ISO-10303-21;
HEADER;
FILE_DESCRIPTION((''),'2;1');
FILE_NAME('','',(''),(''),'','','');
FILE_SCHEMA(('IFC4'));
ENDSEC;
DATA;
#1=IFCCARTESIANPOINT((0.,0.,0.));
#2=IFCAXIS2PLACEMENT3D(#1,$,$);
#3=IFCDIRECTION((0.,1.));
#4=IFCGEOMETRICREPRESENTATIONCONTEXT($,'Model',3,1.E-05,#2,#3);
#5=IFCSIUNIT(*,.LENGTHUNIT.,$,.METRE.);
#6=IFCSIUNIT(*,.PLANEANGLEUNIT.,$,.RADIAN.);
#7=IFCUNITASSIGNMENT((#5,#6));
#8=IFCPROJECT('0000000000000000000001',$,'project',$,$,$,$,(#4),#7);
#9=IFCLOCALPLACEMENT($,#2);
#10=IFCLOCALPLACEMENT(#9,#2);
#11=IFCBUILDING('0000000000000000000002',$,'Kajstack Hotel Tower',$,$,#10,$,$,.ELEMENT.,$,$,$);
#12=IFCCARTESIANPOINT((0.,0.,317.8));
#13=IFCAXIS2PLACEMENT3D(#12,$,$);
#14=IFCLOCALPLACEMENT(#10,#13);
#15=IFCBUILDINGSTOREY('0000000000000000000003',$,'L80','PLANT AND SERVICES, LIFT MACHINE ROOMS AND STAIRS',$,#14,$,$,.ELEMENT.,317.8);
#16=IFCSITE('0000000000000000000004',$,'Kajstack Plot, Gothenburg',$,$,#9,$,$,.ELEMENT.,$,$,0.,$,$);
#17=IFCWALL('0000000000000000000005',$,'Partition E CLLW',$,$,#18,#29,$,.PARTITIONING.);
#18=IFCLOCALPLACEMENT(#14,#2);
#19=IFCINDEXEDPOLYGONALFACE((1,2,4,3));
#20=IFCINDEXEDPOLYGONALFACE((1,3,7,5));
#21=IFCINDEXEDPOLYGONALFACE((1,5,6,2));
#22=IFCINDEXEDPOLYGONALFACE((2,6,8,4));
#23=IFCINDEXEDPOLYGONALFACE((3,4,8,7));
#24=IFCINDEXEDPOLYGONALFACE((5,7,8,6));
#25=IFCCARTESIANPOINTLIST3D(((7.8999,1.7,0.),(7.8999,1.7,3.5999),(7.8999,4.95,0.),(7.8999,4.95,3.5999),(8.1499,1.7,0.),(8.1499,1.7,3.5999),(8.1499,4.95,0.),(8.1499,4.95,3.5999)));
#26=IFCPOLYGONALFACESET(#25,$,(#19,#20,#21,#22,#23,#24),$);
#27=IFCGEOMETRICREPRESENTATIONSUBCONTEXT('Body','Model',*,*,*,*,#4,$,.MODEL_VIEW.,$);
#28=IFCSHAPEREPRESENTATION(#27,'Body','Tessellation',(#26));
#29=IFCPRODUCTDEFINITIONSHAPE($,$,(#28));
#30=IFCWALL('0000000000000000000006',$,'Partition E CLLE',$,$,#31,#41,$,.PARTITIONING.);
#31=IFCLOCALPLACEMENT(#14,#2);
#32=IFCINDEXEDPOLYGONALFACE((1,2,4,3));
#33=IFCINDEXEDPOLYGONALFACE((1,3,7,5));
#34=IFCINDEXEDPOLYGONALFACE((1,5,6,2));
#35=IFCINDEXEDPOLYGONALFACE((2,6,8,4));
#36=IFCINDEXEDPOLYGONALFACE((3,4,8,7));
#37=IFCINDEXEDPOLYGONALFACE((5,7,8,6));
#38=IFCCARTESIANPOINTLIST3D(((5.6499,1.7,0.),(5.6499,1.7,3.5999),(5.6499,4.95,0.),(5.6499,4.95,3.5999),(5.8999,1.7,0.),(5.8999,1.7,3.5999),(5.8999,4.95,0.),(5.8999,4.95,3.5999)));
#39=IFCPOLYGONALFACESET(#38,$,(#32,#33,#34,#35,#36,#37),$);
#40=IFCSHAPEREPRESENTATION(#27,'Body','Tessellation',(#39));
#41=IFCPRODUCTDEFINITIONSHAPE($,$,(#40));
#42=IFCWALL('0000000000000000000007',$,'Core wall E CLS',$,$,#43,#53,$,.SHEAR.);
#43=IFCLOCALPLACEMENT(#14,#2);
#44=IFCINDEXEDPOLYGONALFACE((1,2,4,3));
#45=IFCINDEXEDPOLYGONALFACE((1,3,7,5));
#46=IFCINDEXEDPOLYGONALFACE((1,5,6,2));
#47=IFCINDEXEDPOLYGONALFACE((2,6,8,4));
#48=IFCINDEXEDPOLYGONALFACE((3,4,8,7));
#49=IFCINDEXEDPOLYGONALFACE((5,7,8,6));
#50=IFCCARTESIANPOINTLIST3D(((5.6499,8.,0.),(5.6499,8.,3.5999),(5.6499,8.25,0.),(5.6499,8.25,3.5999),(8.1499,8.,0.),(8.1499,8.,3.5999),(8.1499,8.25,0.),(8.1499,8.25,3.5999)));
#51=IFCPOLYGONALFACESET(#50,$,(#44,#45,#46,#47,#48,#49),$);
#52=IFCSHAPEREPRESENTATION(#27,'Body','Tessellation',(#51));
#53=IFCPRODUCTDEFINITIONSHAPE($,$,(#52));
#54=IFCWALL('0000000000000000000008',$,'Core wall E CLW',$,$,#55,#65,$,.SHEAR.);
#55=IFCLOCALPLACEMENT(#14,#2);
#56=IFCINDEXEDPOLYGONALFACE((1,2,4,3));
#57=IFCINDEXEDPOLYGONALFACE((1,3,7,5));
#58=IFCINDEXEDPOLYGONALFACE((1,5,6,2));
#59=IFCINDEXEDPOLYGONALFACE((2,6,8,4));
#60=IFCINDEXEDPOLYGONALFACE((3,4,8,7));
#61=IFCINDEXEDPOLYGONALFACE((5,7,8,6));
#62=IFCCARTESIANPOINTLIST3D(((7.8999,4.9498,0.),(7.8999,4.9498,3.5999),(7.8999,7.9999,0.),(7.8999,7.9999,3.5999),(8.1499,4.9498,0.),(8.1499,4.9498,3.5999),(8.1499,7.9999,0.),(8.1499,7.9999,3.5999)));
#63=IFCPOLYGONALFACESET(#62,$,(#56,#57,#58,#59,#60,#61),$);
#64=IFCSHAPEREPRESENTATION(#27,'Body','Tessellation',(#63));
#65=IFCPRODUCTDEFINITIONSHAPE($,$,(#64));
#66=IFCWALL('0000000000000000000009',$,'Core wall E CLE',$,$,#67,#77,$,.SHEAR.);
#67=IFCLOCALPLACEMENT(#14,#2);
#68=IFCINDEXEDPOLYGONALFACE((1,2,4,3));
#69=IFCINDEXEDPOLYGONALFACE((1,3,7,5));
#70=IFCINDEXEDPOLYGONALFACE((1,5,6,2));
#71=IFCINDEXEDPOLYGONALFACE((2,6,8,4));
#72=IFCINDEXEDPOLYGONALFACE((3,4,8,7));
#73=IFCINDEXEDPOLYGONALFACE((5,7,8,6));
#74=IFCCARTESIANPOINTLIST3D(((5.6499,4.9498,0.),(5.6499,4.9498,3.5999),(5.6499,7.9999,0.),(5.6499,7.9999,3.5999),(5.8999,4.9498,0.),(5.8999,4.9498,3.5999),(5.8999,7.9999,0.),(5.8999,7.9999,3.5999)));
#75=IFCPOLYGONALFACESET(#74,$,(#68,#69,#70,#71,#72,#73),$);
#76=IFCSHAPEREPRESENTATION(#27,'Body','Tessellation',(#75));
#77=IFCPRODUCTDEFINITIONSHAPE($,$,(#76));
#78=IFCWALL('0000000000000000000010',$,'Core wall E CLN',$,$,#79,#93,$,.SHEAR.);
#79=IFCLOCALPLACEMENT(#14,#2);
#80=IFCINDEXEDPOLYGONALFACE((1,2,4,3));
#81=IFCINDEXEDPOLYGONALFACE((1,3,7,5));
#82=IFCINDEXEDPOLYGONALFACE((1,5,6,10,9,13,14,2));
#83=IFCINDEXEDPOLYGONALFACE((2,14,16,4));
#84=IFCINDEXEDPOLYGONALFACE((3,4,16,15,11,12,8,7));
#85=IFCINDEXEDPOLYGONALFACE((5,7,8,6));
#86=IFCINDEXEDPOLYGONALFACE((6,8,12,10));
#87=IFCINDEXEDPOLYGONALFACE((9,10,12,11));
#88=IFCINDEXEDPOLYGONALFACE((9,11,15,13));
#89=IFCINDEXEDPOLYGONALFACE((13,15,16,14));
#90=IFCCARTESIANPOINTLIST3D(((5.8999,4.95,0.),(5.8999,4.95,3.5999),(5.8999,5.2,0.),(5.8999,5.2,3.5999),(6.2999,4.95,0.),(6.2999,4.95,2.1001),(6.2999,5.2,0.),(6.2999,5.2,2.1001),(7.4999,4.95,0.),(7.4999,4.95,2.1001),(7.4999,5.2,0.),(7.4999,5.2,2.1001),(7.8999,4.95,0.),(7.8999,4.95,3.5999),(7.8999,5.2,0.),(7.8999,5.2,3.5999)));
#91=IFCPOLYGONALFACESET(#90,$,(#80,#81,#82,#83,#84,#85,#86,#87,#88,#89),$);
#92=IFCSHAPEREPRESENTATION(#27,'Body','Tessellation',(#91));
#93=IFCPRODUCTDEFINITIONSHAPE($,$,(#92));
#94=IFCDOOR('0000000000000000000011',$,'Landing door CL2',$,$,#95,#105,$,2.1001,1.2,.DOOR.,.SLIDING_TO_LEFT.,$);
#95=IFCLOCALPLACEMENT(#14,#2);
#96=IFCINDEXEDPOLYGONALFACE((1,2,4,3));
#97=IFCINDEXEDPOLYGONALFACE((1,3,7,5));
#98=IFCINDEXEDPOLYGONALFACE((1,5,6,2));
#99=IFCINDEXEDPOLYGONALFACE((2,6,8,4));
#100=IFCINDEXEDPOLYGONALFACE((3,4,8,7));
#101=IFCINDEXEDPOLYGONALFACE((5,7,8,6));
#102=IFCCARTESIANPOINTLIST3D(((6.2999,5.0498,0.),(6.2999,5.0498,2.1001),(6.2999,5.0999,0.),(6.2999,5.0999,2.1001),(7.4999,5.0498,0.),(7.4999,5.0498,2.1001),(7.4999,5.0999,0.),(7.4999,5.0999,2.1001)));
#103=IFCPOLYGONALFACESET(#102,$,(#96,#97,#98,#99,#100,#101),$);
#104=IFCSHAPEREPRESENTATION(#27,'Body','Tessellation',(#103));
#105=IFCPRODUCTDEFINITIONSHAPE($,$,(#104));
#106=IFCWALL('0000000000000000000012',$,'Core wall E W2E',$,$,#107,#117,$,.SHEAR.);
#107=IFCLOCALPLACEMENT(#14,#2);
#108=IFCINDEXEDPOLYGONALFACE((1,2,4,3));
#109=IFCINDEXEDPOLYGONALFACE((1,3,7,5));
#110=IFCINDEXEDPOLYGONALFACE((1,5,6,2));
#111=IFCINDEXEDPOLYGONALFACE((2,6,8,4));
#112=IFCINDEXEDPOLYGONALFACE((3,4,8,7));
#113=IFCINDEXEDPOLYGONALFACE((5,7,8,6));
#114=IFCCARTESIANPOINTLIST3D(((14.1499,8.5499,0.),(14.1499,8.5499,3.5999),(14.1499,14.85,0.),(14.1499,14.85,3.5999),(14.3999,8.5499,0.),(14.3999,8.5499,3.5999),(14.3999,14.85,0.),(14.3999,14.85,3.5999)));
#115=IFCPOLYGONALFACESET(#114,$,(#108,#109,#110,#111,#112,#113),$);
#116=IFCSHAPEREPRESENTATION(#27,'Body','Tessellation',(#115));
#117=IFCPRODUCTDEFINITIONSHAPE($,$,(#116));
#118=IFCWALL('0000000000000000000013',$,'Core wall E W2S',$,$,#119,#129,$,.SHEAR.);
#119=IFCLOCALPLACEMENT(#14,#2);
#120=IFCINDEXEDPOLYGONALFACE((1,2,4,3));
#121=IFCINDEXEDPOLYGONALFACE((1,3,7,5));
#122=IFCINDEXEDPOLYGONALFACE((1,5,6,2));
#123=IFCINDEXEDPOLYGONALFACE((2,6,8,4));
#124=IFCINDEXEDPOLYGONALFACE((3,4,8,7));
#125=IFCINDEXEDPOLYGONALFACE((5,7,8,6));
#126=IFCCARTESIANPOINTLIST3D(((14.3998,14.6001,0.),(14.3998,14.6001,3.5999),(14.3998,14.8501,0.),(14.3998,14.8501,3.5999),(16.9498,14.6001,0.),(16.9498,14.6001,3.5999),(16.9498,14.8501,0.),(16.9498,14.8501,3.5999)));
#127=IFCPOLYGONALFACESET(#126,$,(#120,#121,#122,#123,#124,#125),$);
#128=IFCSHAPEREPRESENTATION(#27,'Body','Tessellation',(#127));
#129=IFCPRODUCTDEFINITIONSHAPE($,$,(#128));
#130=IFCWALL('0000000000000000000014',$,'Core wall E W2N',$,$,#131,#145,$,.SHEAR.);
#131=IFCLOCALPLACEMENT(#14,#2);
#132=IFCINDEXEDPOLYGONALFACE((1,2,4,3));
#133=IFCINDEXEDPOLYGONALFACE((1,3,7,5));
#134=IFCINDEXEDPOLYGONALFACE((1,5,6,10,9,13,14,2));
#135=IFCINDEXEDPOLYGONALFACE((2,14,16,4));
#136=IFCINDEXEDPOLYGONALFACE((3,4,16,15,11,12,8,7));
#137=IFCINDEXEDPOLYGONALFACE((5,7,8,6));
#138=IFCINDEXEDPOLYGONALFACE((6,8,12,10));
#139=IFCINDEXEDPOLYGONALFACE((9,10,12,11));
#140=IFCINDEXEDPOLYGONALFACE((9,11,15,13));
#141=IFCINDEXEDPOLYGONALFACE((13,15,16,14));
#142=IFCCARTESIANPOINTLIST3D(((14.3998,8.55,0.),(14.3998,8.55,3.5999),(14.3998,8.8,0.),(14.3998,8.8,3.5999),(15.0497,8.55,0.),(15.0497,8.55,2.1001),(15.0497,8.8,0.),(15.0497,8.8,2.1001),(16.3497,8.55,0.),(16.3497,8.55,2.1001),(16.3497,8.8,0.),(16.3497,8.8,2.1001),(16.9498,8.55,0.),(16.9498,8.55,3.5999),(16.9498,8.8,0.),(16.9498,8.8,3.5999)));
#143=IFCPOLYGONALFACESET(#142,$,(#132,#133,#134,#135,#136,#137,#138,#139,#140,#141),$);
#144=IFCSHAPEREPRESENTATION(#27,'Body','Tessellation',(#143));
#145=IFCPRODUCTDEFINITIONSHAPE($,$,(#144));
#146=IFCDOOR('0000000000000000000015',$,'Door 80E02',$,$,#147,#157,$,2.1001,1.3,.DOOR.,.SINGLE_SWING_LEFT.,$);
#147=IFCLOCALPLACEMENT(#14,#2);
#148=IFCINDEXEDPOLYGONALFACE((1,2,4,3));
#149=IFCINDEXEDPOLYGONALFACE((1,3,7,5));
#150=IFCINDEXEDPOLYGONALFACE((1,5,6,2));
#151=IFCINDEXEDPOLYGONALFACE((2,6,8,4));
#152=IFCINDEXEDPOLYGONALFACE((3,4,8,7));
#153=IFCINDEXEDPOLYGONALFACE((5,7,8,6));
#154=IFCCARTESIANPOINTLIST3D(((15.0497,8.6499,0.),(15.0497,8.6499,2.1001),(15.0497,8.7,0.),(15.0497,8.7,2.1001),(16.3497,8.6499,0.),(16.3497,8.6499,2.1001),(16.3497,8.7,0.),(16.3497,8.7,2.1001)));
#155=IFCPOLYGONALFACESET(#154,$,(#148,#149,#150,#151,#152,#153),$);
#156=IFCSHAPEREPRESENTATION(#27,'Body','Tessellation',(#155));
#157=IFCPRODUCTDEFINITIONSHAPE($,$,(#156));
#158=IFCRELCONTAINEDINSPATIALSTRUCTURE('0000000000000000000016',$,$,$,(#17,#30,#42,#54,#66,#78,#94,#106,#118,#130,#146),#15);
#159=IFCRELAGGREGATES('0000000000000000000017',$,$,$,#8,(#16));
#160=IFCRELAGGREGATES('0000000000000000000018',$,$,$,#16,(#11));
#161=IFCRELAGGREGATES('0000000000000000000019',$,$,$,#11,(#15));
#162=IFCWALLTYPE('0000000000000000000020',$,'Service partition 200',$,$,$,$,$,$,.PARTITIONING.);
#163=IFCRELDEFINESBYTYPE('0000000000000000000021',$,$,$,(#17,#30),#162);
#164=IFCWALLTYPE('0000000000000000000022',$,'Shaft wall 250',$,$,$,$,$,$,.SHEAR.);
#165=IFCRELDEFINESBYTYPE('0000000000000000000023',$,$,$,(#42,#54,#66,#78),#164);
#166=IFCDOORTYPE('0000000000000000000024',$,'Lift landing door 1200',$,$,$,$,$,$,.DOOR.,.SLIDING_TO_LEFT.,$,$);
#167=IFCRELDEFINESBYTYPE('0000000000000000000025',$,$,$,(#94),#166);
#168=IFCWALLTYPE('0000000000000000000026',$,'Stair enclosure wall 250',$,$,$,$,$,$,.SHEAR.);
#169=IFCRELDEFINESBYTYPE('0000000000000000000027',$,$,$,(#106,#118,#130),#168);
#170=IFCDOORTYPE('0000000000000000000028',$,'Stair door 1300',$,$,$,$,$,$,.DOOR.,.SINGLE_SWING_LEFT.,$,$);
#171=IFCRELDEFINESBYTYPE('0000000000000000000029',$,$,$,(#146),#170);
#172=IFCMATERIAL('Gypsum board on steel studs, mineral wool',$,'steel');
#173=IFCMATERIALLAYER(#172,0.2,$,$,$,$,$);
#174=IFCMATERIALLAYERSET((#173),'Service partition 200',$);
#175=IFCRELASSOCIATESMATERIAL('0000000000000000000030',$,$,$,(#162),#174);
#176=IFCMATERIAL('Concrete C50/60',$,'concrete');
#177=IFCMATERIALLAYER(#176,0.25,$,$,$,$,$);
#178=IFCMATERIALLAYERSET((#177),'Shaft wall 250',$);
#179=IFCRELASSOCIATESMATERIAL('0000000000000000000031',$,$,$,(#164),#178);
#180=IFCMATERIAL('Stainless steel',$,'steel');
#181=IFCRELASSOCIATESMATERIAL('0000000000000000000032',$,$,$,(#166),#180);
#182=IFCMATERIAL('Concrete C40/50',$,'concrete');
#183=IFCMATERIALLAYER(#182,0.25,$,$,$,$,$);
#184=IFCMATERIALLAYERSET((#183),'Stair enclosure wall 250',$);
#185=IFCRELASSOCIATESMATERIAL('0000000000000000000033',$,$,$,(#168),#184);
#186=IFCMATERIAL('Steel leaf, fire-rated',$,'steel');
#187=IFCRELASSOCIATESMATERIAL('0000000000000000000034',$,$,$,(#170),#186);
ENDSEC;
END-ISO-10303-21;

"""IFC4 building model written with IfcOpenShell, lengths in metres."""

from ifc_helpers import new_model, si_unit, direction, frame, frame_2d, origin, place, context, subcontext, project, spatial, rectangle, extrude, material, layer, layer_set, type_object, element, fill, save


model = new_model("IFC4")

# Units and contexts
model_context = context("Model", 3, precision=1e-05, world=origin(), true_north=direction((0.0, 1.0)))
body_context = subcontext(model_context, "Body", "Model", "MODEL_VIEW")
ifc_project = project(units=[si_unit("LENGTHUNIT", "METRE"), si_unit("PLANEANGLEUNIT", "RADIAN")], contexts=[model_context])

# Site, building, storey
site_placement = place(None, origin())
site = spatial("IfcSite", under=ifc_project, at=site_placement, Name="Kajstack Plot, Gothenburg", CompositionType="ELEMENT", RefElevation=0.0)
building_placement = place(site_placement, origin())
building = spatial("IfcBuilding", under=site, at=building_placement, Name="Kajstack Hotel Tower", CompositionType="ELEMENT")
storey_placement = place(building_placement, frame((0.0, 0.0, 317.8)))
storey = spatial("IfcBuildingStorey", under=building, at=storey_placement, Name="L80", Description="PLANT AND SERVICES, LIFT MACHINE ROOMS AND STAIRS", CompositionType="ELEMENT", Elevation=317.8)

# Shared definitions
ifc_material_1 = material(Name="Concrete C40/50", Category="concrete")

# Walls
ifc_material_2 = material(Name="Gypsum board on steel studs, mineral wool", Category="steel")
ifc_layer_1 = layer(ifc_material_2, 0.2)
ifc_layer_set_1 = layer_set([ifc_layer_1], Name="Service partition 200")
wall_type_1 = type_object("IfcWallType", Name="Service partition 200", PredefinedType="PARTITIONING", material=ifc_layer_set_1)
for number, where, z_axis, x_axis, name in (
    (1, (8.0249, 1.7, 0.0), (0.0, 0.0, 1.0), (0.0, 1.0, 0.0), "Partition E CLLW"),
    (2, (5.7749, 1.7, 0.0), (0.0, 0.0, 1.0), (0.0, 1.0, 0.0), "Partition E CLLE"),
):
    element("IfcWall", number, at=place(storey_placement, frame(where, z_axis=z_axis, x_axis=x_axis)), inside=storey, type_object=wall_type_1, Name=name, PredefinedType="PARTITIONING", context=body_context, shape_type="SweptSolid", body=[
        extrude(rectangle(XDim=3.25, YDim=0.25, at=frame_2d((1.625, 0.0))), origin(), (0.0, 0.0, 1.0), 3.5999),
    ])
ifc_material_3 = material(Name="Concrete C50/60", Category="concrete")
ifc_layer_2 = layer(ifc_material_3, 0.25)
ifc_layer_set_2 = layer_set([ifc_layer_2], Name="Shaft wall 250")
wall_type_2 = type_object("IfcWallType", Name="Shaft wall 250", PredefinedType="SHEAR", material=ifc_layer_set_2)
wall_1_placement = place(storey_placement, frame((5.6499, 8.125, 0.0), z_axis=(0.0, 0.0, 1.0), x_axis=(1.0, 0.0, 0.0)))
element("IfcWall", 3, at=wall_1_placement, inside=storey, type_object=wall_type_2, Name="Core wall E CLS", PredefinedType="SHEAR", context=body_context, shape_type="SweptSolid", body=[
    extrude(rectangle(XDim=2.5, YDim=0.25, at=frame_2d((1.25, 0.0))), origin(), (0.0, 0.0, 1.0), 3.5999),
])
for number, where, z_axis, x_axis, name in (
    (4, (8.0249, 4.95, 0.0), (0.0, 0.0, 1.0), (0.0, 1.0, 0.0), "Core wall E CLW"),
    (5, (5.7749, 4.95, 0.0), (0.0, 0.0, 1.0), (0.0, 1.0, 0.0), "Core wall E CLE"),
):
    element("IfcWall", number, at=place(storey_placement, frame(where, z_axis=z_axis, x_axis=x_axis)), inside=storey, type_object=wall_type_2, Name=name, PredefinedType="SHEAR", context=body_context, shape_type="SweptSolid", body=[
        extrude(rectangle(XDim=3.05, YDim=0.25, at=frame_2d((1.5249, 0.0))), origin(), (0.0, 0.0, 1.0), 3.5999),
    ])

# Wall, opening, door
wall_2_placement = place(storey_placement, frame((5.8999, 5.075, 0.0), z_axis=(0.0, 0.0, 1.0), x_axis=(1.0, 0.0, 0.0)))
wall_2 = element("IfcWall", 6, at=wall_2_placement, inside=storey, type_object=wall_type_2, Name="Core wall E CLN", PredefinedType="SHEAR", context=body_context, shape_type="SweptSolid", body=[
    extrude(rectangle(XDim=2.0, YDim=0.25, at=frame_2d((1.0, 0.0))), origin(), (0.0, 0.0, 1.0), 3.5999),
])
opening_1_placement = place(wall_2_placement, frame((0.3999, 0.0, 0.0)))
opening_1 = element("IfcOpeningElement", 7, at=opening_1_placement, cuts=wall_2, PredefinedType="OPENING", context=body_context, shape_type="SweptSolid", body=[
    extrude(rectangle(XDim=1.2, YDim=2.1001, at=frame_2d((0.6001, 1.05))), frame((0.0, 0.135, 0.0), z_axis=(0.0, -1.0, 0.0), x_axis=(1.0, 0.0, 0.0)), (0.0, 0.0, 1.0), 0.27),
])
ifc_material_4 = material(Name="Stainless steel", Category="steel")
door_type_1 = type_object("IfcDoorType", Name="Lift landing door 1200", OperationType="SLIDING_TO_LEFT", PredefinedType="DOOR", material=ifc_material_4)
door_1_placement = place(opening_1_placement, origin())
door_1 = element("IfcDoor", 8, at=door_1_placement, inside=storey, type_object=door_type_1, Name="Landing door CL2", OperationType="SLIDING_TO_LEFT", OverallHeight=2.1001, OverallWidth=1.2, PredefinedType="DOOR", context=body_context, shape_type="SweptSolid", body=[
    extrude(rectangle(XDim=1.2, YDim=2.1001, at=frame_2d((0.6001, 1.05))), frame((0.0, 0.0249, 0.0), z_axis=(0.0, -1.0, 0.0), x_axis=(1.0, 0.0, 0.0)), (0.0, 0.0, 1.0), 0.05),
])
fill(opening_1, door_1)

# Walls
ifc_layer_3 = layer(ifc_material_1, 0.25)
ifc_layer_set_3 = layer_set([ifc_layer_3], Name="Stair enclosure wall 250")
wall_type_3 = type_object("IfcWallType", Name="Stair enclosure wall 250", PredefinedType="SHEAR", material=ifc_layer_set_3)
wall_3_placement = place(storey_placement, frame((14.2749, 8.55, 0.0), z_axis=(0.0, 0.0, 1.0), x_axis=(0.0, 1.0, 0.0)))
element("IfcWall", 9, at=wall_3_placement, inside=storey, type_object=wall_type_3, Name="Core wall E W2E", PredefinedType="SHEAR", context=body_context, shape_type="SweptSolid", body=[
    extrude(rectangle(XDim=6.3, YDim=0.25, at=frame_2d((3.1499, 0.0))), origin(), (0.0, 0.0, 1.0), 3.5999),
])
wall_4_placement = place(storey_placement, frame((14.3999, 14.7251, 0.0), z_axis=(0.0, 0.0, 1.0), x_axis=(1.0, 0.0, 0.0)))
element("IfcWall", 10, at=wall_4_placement, inside=storey, type_object=wall_type_3, Name="Core wall E W2S", PredefinedType="SHEAR", context=body_context, shape_type="SweptSolid", body=[
    extrude(rectangle(XDim=2.55, YDim=0.25, at=frame_2d((1.2749, 0.0))), origin(), (0.0, 0.0, 1.0), 3.5999),
])

# Wall, opening, door
wall_5_placement = place(storey_placement, frame((14.3999, 8.675, 0.0), z_axis=(0.0, 0.0, 1.0), x_axis=(1.0, 0.0, 0.0)))
wall_5 = element("IfcWall", 11, at=wall_5_placement, inside=storey, type_object=wall_type_3, Name="Core wall E W2N", PredefinedType="SHEAR", context=body_context, shape_type="SweptSolid", body=[
    extrude(rectangle(XDim=2.55, YDim=0.25, at=frame_2d((1.2749, 0.0))), origin(), (0.0, 0.0, 1.0), 3.5999),
])
opening_2_placement = place(wall_5_placement, frame((0.6499, 0.0, 0.0)))
opening_2 = element("IfcOpeningElement", 12, at=opening_2_placement, cuts=wall_5, PredefinedType="OPENING", context=body_context, shape_type="SweptSolid", body=[
    extrude(rectangle(XDim=1.3, YDim=2.1001, at=frame_2d((0.6499, 1.05))), frame((0.0, 0.135, 0.0), z_axis=(0.0, -1.0, 0.0), x_axis=(1.0, 0.0, 0.0)), (0.0, 0.0, 1.0), 0.27),
])
ifc_material_5 = material(Name="Steel leaf, fire-rated", Category="steel")
door_type_2 = type_object("IfcDoorType", Name="Stair door 1300", OperationType="SINGLE_SWING_LEFT", PredefinedType="DOOR", material=ifc_material_5)
door_2_placement = place(opening_2_placement, origin())
door_2 = element("IfcDoor", 13, at=door_2_placement, inside=storey, type_object=door_type_2, Name="Door 80E02", OperationType="SINGLE_SWING_LEFT", OverallHeight=2.1001, OverallWidth=1.3, PredefinedType="DOOR", context=body_context, shape_type="SweptSolid", body=[
    extrude(rectangle(XDim=1.3, YDim=2.1001, at=frame_2d((0.6499, 1.05))), frame((0.0, 0.0249, 0.0), z_axis=(0.0, -1.0, 0.0), x_axis=(1.0, 0.0, 0.0)), (0.0, 0.0, 1.0), 0.05),
])
fill(opening_2, door_2)

save(model, "model.ifc")
